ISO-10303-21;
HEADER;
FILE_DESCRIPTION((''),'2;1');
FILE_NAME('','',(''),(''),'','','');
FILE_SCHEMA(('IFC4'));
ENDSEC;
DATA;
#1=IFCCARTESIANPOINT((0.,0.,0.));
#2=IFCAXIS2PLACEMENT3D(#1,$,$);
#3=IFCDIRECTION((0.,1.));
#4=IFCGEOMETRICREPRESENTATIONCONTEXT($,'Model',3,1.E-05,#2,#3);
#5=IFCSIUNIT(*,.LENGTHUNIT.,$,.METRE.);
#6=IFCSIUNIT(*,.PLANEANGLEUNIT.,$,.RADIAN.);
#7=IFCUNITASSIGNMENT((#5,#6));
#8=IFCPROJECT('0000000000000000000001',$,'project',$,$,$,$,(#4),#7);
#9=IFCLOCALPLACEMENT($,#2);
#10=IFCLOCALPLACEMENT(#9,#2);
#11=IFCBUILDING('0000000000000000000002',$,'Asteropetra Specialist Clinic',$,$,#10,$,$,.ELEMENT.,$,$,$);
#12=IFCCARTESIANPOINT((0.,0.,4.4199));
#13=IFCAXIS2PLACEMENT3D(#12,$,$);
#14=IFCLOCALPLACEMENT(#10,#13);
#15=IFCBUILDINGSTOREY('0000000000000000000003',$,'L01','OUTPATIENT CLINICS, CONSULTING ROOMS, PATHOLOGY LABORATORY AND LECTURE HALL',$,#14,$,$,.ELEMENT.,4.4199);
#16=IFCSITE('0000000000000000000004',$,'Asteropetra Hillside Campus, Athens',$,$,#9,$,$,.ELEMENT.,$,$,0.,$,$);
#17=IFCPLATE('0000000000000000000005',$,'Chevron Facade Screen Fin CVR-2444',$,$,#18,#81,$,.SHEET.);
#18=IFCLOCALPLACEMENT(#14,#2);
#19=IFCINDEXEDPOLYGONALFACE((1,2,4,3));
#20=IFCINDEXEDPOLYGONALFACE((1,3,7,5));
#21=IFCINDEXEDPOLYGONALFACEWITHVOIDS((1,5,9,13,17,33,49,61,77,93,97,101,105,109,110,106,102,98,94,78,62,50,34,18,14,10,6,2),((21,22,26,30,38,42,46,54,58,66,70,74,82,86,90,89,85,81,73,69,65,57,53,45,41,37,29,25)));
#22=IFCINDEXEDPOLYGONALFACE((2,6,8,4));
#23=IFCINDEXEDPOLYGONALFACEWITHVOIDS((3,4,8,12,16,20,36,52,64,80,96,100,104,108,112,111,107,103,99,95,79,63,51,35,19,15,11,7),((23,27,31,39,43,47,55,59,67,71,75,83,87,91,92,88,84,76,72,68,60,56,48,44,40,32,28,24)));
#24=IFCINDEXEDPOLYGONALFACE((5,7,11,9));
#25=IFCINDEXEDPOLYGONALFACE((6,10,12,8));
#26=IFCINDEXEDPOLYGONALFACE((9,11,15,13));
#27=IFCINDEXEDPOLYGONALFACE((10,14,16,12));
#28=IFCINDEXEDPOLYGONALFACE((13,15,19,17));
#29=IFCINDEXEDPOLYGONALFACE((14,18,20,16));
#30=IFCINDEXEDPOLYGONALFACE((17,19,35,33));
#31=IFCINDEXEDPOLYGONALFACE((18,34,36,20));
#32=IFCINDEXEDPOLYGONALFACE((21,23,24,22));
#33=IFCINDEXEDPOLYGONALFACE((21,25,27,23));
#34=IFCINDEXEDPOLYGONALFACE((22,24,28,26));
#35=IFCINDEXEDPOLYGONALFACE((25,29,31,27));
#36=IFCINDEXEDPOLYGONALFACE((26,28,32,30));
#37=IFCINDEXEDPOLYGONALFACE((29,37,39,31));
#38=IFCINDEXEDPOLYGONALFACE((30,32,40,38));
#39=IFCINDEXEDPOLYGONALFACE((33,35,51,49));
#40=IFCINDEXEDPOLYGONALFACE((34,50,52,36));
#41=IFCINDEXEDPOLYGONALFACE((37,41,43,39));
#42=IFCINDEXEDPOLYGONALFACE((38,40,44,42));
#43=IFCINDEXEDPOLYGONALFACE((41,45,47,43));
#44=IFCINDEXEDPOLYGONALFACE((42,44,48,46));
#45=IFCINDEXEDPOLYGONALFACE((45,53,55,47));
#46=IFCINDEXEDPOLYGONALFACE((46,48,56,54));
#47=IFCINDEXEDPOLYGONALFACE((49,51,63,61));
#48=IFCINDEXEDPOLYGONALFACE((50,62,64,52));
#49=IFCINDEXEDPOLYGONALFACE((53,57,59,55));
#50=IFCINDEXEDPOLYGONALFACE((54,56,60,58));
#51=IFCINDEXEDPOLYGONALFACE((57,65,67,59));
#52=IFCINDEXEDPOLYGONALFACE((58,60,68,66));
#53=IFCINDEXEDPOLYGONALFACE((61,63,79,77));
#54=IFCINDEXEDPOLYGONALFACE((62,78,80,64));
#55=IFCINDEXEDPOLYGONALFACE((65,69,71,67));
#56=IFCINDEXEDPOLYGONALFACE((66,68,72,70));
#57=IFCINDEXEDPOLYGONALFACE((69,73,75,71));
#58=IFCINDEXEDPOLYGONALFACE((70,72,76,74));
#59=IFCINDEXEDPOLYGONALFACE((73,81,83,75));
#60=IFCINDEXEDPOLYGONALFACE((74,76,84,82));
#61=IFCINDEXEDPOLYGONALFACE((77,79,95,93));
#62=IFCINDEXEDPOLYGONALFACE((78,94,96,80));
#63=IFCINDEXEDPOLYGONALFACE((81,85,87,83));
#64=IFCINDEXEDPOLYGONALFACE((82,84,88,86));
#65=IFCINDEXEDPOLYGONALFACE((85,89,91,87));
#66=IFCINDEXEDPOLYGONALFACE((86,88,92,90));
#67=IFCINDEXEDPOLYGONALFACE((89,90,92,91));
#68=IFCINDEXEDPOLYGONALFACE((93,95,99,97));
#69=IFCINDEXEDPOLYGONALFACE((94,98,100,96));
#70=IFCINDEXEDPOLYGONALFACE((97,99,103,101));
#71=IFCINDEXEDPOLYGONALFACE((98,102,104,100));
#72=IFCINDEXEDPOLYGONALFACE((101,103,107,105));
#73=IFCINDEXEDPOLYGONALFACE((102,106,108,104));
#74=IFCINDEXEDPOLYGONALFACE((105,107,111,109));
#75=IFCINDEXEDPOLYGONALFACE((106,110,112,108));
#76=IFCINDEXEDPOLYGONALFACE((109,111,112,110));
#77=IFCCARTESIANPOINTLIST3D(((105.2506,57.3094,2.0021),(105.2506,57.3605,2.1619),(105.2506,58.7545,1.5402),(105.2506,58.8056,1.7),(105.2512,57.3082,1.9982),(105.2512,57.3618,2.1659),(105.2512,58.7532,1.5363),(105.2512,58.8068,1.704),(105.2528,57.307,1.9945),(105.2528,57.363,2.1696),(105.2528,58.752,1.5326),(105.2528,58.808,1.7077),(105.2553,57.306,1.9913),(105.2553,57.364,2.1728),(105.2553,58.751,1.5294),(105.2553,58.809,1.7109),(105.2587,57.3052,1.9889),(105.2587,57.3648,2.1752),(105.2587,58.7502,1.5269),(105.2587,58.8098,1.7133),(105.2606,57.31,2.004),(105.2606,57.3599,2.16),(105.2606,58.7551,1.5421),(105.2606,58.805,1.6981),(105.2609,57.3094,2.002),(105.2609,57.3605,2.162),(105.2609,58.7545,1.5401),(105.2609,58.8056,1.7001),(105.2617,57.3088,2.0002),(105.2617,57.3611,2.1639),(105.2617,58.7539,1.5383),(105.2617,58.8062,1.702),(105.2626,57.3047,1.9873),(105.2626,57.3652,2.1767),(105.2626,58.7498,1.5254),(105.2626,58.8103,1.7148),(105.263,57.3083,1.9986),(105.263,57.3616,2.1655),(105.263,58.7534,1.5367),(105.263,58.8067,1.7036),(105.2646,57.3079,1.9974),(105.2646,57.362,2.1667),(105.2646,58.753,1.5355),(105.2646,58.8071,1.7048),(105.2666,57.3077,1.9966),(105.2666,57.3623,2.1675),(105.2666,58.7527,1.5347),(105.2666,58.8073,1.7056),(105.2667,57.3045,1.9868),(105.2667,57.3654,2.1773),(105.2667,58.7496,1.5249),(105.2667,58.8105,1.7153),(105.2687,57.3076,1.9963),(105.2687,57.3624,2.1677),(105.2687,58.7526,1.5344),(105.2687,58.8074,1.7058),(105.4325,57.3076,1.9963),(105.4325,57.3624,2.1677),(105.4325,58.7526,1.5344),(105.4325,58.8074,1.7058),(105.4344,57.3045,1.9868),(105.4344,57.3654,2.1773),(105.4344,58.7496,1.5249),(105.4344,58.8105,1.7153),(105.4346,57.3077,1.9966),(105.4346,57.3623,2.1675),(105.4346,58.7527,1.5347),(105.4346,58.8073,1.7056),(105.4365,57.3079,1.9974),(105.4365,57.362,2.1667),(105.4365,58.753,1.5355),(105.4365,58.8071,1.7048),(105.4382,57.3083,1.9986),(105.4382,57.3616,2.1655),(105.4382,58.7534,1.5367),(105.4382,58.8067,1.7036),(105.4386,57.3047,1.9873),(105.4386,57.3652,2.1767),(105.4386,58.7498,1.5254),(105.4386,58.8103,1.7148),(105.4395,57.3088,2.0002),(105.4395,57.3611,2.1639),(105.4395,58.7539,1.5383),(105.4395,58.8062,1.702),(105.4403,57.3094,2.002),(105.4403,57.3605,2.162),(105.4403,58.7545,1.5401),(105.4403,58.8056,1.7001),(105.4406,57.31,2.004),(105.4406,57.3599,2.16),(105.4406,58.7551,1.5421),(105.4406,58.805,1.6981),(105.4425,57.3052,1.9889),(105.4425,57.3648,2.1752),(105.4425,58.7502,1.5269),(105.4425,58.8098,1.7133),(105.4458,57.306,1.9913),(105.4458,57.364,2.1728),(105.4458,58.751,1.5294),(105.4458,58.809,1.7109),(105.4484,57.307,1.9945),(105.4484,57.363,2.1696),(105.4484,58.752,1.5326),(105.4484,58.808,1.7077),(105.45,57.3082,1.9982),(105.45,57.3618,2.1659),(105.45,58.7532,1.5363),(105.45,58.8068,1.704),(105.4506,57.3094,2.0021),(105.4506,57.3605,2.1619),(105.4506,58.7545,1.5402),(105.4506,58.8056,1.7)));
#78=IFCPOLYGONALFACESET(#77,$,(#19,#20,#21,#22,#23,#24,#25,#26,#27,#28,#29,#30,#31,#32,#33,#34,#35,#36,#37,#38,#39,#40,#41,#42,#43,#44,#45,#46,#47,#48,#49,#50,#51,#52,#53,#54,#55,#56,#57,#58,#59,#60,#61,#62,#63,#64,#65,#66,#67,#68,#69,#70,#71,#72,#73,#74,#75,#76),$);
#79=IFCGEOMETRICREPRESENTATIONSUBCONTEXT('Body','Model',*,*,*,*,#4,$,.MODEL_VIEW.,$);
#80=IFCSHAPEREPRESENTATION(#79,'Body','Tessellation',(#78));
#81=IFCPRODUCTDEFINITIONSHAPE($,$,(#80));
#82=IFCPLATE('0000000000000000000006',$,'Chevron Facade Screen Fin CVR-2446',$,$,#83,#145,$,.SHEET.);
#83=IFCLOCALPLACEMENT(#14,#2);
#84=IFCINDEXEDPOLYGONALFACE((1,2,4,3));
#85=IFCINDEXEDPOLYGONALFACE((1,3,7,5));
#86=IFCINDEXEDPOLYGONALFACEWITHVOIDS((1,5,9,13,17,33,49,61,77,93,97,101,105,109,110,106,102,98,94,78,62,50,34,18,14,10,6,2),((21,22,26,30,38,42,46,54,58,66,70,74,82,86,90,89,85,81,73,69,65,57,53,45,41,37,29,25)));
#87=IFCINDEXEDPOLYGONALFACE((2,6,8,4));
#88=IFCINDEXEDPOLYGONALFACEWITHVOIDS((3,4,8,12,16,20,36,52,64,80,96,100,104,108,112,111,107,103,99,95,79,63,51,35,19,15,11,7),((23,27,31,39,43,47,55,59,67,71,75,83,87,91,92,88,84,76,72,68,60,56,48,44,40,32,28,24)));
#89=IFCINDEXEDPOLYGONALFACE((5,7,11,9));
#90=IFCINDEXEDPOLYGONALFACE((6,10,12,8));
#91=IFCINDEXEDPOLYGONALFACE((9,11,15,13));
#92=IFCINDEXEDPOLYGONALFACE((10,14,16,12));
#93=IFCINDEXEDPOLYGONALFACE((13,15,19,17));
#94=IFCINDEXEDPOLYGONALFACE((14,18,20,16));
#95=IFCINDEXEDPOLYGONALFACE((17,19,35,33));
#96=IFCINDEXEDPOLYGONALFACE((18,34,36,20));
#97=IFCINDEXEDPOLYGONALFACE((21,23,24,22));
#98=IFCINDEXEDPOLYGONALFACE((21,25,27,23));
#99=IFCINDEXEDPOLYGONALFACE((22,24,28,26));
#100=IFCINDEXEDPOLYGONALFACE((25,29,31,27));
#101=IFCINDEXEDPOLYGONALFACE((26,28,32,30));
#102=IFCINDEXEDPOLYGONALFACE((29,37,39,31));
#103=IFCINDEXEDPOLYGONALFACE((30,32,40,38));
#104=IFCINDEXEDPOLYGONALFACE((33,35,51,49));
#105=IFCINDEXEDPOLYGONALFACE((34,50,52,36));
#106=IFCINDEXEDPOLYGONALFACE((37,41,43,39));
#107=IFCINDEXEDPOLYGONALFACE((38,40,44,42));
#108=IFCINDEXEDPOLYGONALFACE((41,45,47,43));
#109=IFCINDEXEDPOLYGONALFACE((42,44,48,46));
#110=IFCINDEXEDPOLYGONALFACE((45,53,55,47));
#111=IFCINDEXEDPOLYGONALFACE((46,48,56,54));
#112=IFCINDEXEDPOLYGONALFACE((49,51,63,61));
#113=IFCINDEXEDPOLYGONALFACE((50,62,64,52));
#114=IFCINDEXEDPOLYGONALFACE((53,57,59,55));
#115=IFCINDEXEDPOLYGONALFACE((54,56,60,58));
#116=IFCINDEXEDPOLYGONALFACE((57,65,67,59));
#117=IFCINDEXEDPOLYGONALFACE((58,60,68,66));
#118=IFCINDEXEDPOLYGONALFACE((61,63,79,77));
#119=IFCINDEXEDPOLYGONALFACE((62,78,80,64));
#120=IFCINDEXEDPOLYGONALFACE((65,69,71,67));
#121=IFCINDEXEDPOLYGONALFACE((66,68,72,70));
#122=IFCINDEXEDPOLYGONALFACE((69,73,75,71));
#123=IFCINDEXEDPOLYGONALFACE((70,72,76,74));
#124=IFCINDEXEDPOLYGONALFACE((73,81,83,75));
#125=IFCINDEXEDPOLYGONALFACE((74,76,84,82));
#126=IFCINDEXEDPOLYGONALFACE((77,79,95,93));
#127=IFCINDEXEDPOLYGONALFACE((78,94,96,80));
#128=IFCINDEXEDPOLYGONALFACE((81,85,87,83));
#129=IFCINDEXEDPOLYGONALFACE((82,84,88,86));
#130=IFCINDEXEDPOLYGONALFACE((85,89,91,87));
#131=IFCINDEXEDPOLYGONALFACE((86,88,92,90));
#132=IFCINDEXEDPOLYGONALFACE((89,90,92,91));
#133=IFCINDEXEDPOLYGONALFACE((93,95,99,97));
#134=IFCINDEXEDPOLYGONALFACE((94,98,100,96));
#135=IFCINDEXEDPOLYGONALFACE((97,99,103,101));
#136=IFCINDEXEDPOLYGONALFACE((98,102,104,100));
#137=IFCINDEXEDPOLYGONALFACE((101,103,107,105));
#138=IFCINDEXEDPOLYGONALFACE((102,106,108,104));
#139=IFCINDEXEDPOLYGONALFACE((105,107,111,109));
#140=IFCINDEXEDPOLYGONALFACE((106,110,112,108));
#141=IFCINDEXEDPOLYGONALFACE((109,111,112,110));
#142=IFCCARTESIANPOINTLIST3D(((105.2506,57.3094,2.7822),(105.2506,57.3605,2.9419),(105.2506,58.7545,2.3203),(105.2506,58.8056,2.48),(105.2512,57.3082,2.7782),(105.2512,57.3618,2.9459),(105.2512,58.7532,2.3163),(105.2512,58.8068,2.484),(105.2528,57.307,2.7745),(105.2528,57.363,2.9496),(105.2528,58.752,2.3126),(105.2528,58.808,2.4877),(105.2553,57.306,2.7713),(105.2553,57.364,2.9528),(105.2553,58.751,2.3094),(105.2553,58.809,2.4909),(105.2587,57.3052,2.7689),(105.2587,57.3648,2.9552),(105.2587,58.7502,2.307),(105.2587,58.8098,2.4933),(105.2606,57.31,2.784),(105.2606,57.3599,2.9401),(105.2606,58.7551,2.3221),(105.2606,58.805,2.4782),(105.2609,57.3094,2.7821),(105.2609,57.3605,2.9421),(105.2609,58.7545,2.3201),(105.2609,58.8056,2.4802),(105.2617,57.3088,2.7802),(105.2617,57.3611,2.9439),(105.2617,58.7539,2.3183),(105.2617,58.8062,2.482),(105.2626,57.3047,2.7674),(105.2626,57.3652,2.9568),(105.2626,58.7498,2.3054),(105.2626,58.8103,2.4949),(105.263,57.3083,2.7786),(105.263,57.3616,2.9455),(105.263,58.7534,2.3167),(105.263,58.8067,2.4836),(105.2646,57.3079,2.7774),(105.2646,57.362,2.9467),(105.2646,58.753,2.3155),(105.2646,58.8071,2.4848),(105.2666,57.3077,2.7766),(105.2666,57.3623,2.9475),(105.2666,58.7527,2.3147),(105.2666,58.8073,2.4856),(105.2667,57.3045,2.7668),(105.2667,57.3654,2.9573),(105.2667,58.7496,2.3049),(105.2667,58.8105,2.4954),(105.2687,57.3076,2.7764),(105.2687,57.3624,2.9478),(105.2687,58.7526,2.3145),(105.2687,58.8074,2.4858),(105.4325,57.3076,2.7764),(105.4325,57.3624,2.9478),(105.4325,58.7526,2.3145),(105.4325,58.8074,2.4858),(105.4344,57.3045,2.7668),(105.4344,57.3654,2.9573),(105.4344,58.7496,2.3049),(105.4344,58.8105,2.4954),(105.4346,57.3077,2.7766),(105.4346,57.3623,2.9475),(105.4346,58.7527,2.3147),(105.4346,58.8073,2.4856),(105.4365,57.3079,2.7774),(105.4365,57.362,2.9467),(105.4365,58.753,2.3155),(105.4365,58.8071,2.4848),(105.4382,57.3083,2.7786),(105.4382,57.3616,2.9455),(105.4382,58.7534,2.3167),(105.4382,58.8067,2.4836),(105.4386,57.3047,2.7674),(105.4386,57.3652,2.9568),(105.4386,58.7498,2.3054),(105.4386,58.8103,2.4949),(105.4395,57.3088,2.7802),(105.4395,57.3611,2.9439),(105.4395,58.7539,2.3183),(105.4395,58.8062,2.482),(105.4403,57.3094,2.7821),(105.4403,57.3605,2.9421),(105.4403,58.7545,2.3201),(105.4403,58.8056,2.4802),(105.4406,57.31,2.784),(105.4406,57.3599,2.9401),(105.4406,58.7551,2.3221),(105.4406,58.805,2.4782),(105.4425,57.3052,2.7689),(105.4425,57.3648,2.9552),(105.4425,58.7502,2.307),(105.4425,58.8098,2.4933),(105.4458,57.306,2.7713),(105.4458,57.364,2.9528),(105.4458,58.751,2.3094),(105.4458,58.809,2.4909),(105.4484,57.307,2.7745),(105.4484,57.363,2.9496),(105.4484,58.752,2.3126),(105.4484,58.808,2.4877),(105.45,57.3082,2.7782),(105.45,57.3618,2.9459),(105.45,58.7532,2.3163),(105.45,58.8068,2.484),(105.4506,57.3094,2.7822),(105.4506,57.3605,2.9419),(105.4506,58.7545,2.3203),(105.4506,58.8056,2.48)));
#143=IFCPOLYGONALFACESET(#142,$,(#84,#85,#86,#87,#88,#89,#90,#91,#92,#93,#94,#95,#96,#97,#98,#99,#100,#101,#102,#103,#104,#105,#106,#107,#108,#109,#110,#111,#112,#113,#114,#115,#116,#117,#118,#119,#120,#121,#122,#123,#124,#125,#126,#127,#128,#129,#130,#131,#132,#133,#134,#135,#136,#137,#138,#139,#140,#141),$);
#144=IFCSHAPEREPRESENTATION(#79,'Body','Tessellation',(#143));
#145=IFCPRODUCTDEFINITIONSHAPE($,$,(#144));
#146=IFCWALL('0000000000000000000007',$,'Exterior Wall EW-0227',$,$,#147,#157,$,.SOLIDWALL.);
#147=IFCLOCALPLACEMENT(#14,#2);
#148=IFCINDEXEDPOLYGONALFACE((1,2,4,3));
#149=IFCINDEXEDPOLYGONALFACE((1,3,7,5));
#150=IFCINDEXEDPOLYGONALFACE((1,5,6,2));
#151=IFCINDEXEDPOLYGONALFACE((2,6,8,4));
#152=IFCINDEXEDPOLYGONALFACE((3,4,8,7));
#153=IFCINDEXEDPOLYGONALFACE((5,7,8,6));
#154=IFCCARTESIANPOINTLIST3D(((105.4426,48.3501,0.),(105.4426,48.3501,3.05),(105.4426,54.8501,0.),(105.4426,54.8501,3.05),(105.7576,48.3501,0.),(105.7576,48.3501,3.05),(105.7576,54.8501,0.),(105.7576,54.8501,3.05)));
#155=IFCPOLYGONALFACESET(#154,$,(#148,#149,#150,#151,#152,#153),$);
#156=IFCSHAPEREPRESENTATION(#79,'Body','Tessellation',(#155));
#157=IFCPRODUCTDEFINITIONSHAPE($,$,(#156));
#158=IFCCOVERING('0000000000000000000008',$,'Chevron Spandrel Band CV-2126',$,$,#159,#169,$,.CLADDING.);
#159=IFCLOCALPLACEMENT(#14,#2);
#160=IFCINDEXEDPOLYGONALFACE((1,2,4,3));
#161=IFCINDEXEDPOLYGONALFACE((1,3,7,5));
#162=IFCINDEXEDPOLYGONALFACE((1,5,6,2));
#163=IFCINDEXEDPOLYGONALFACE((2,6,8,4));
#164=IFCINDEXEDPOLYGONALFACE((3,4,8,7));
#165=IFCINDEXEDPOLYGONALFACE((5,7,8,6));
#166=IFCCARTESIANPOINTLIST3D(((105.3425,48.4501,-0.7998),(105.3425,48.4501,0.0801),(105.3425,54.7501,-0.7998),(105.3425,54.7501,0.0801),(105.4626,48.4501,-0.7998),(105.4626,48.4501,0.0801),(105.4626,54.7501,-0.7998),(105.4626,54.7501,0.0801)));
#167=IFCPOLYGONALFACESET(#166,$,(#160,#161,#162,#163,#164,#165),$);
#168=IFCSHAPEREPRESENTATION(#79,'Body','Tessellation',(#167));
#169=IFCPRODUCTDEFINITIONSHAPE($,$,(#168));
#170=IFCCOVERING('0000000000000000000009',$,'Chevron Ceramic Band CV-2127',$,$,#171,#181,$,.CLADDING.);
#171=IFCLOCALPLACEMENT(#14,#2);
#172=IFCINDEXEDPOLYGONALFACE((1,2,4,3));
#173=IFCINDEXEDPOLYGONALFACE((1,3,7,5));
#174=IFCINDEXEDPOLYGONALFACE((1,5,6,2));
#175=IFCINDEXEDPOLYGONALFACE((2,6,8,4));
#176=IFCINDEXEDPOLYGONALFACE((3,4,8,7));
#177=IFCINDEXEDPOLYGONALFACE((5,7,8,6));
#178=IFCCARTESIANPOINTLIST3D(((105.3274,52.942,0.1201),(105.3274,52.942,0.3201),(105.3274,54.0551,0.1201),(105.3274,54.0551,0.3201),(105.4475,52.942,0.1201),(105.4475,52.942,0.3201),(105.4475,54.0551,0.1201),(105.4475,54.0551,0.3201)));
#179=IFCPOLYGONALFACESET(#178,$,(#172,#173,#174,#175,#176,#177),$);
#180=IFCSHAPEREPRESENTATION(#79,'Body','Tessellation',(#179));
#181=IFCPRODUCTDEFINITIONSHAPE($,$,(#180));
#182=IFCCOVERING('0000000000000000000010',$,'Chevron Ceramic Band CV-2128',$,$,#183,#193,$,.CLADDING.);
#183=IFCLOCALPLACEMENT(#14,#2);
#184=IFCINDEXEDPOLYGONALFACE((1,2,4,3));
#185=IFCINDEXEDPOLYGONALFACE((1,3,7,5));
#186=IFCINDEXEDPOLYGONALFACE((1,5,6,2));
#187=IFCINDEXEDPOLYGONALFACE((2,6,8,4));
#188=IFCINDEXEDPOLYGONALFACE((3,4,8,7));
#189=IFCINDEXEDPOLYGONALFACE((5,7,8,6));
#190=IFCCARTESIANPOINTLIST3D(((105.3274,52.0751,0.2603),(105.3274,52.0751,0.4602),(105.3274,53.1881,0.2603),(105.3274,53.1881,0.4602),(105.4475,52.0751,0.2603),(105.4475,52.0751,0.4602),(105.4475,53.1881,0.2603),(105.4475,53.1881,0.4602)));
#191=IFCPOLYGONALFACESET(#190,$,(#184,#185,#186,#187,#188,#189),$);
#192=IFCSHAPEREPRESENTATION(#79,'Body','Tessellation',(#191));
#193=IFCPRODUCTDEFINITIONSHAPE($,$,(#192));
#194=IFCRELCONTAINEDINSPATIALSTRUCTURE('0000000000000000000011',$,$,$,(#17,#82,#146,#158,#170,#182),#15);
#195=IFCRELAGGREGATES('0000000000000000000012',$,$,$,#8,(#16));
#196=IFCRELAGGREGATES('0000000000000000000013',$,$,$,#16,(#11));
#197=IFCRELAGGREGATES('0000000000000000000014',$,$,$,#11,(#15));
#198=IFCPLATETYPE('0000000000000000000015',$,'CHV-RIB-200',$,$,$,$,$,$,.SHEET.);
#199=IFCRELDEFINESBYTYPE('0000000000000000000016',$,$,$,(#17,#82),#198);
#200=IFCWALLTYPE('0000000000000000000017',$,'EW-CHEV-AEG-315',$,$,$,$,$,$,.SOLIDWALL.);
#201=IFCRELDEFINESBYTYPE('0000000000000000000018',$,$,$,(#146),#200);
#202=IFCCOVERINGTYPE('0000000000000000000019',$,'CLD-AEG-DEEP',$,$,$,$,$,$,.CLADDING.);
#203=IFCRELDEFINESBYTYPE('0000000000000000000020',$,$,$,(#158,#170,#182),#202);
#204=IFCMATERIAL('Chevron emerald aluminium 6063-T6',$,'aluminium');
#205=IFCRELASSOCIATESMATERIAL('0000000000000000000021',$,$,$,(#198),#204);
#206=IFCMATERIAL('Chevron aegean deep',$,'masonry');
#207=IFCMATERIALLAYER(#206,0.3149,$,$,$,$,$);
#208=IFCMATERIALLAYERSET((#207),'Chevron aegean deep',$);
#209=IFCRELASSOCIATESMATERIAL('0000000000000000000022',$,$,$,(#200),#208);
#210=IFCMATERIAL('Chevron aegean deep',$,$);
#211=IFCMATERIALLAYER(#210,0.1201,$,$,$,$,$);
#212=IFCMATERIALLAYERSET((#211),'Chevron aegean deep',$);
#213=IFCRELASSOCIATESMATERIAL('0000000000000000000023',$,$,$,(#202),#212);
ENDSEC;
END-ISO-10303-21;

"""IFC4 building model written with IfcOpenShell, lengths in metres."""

from ifc_helpers import new_model, si_unit, direction, frame, frame_2d, origin, origin_2d, place, context, subcontext, project, spatial, rectangle, hollow_rectangle, extrude, material, layer, layer_set, material_profile, profile_set, type_object, element, save


model = new_model("IFC4")

# Units and contexts
model_context = context("Model", 3, precision=1e-05, world=origin(), true_north=direction((0.0, 1.0)))
body_context = subcontext(model_context, "Body", "Model", "MODEL_VIEW")
ifc_project = project(units=[si_unit("LENGTHUNIT", "METRE"), si_unit("PLANEANGLEUNIT", "RADIAN")], contexts=[model_context])

# Site, building, storey
site_placement = place(None, origin())
site = spatial("IfcSite", under=ifc_project, at=site_placement, Name="Asteropetra Hillside Campus, Athens", CompositionType="ELEMENT", RefElevation=0.0)
building_placement = place(site_placement, origin())
building = spatial("IfcBuilding", under=site, at=building_placement, Name="Asteropetra Specialist Clinic", CompositionType="ELEMENT")
storey_placement = place(building_placement, frame((0.0, 0.0, 4.4199)))
storey = spatial("IfcBuildingStorey", under=building, at=storey_placement, Name="L01", Description="OUTPATIENT CLINICS, CONSULTING ROOMS, PATHOLOGY LABORATORY AND LECTURE HALL", CompositionType="ELEMENT", Elevation=4.4199)

# Plates
ifc_material_1 = material(Name="Chevron emerald aluminium 6063-T6", Category="aluminium")
ifc_material_profile_1 = material_profile(ifc_material_1, hollow_rectangle(XDim=0.2, YDim=0.2, WallThickness=0.01, InnerFilletRadius=0.0081, OuterFilletRadius=0.0161, at=origin_2d()), Name="SHS 200x200x10.0")
ifc_profile_set_1 = profile_set([ifc_material_profile_1], Name="Chevron emerald aluminium 6063-T6")
plate_type = type_object("IfcPlateType", Name="CHV-RIB-200", PredefinedType="SHEET", material=ifc_profile_set_1)
for number, where, z_axis, x_axis, name in (
    (1, (105.3506, 58.78, 1.6201), (0.0, -0.952521, 0.304472), (1.0, 0.0, 0.0), "Chevron Facade Screen Fin CVR-2444"),
    (2, (105.3506, 58.78, 2.4001), (0.0, -0.952521, 0.304472), (1.0, 0.0, 0.0), "Chevron Facade Screen Fin CVR-2446"),
):
    element("IfcPlate", number, at=place(storey_placement, frame(where, z_axis=z_axis, x_axis=x_axis)), inside=storey, type_object=plate_type, Name=name, PredefinedType="SHEET", context=body_context, shape_type="SweptSolid", body=[
        extrude(hollow_rectangle(XDim=0.2, YDim=0.2, WallThickness=0.01, InnerFilletRadius=0.0081, OuterFilletRadius=0.0161, at=origin_2d()), origin(), (0.0, 0.0, 1.0), 1.5171),
    ])

# Wall
ifc_material_2 = material(Name="Chevron aegean deep", Category="masonry")
ifc_layer_1 = layer(ifc_material_2, 0.3149)
ifc_layer_set_1 = layer_set([ifc_layer_1], Name="Chevron aegean deep")
wall_type = type_object("IfcWallType", Name="EW-CHEV-AEG-315", PredefinedType="SOLIDWALL", material=ifc_layer_set_1)
wall_placement = place(storey_placement, frame((105.6001, 54.8501, 0.0), z_axis=(0.0, 0.0, 1.0), x_axis=(0.0, -1.0, 0.0)))
element("IfcWall", 3, at=wall_placement, inside=storey, type_object=wall_type, Name="Exterior Wall EW-0227", PredefinedType="SOLIDWALL", context=body_context, shape_type="SweptSolid", body=[
    extrude(rectangle(XDim=6.5, YDim=0.3149, at=frame_2d((3.25, 0.0))), origin(), (0.0, 0.0, 1.0), 3.05),
])

# Coverings
ifc_material_3 = material(Name="Chevron aegean deep")
ifc_layer_2 = layer(ifc_material_3, 0.1201)
ifc_layer_set_2 = layer_set([ifc_layer_2], Name="Chevron aegean deep")
covering_type = type_object("IfcCoveringType", Name="CLD-AEG-DEEP", PredefinedType="CLADDING", material=ifc_layer_set_2)
covering_1_placement = place(storey_placement, frame((105.4026, 51.6001, -0.7998), z_axis=(0.0, 0.0, 1.0), x_axis=(1.0, 0.0, 0.0)))
element("IfcCovering", 4, at=covering_1_placement, inside=storey, type_object=covering_type, Name="Chevron Spandrel Band CV-2126", PredefinedType="CLADDING", context=body_context, shape_type="SweptSolid", body=[
    extrude(rectangle(XDim=0.1201, YDim=6.3, at=origin_2d()), origin(), (0.0, 0.0, 1.0), 0.8799),
])
for number, where, z_axis, x_axis, name in (
    (5, (105.3875, 53.4985, 0.1201), (0.0, 0.0, 1.0), (1.0, 0.0, 0.0), "Chevron Ceramic Band CV-2127"),
    (6, (105.3875, 52.6316, 0.2603), (0.0, 0.0, 1.0), (1.0, 0.0, 0.0), "Chevron Ceramic Band CV-2128"),
):
    element("IfcCovering", number, at=place(storey_placement, frame(where, z_axis=z_axis, x_axis=x_axis)), inside=storey, type_object=covering_type, Name=name, PredefinedType="CLADDING", context=body_context, shape_type="SweptSolid", body=[
        extrude(rectangle(XDim=0.1201, YDim=1.113, at=origin_2d()), origin(), (0.0, 0.0, 1.0), 0.2),
    ])

save(model, "model.ifc")
